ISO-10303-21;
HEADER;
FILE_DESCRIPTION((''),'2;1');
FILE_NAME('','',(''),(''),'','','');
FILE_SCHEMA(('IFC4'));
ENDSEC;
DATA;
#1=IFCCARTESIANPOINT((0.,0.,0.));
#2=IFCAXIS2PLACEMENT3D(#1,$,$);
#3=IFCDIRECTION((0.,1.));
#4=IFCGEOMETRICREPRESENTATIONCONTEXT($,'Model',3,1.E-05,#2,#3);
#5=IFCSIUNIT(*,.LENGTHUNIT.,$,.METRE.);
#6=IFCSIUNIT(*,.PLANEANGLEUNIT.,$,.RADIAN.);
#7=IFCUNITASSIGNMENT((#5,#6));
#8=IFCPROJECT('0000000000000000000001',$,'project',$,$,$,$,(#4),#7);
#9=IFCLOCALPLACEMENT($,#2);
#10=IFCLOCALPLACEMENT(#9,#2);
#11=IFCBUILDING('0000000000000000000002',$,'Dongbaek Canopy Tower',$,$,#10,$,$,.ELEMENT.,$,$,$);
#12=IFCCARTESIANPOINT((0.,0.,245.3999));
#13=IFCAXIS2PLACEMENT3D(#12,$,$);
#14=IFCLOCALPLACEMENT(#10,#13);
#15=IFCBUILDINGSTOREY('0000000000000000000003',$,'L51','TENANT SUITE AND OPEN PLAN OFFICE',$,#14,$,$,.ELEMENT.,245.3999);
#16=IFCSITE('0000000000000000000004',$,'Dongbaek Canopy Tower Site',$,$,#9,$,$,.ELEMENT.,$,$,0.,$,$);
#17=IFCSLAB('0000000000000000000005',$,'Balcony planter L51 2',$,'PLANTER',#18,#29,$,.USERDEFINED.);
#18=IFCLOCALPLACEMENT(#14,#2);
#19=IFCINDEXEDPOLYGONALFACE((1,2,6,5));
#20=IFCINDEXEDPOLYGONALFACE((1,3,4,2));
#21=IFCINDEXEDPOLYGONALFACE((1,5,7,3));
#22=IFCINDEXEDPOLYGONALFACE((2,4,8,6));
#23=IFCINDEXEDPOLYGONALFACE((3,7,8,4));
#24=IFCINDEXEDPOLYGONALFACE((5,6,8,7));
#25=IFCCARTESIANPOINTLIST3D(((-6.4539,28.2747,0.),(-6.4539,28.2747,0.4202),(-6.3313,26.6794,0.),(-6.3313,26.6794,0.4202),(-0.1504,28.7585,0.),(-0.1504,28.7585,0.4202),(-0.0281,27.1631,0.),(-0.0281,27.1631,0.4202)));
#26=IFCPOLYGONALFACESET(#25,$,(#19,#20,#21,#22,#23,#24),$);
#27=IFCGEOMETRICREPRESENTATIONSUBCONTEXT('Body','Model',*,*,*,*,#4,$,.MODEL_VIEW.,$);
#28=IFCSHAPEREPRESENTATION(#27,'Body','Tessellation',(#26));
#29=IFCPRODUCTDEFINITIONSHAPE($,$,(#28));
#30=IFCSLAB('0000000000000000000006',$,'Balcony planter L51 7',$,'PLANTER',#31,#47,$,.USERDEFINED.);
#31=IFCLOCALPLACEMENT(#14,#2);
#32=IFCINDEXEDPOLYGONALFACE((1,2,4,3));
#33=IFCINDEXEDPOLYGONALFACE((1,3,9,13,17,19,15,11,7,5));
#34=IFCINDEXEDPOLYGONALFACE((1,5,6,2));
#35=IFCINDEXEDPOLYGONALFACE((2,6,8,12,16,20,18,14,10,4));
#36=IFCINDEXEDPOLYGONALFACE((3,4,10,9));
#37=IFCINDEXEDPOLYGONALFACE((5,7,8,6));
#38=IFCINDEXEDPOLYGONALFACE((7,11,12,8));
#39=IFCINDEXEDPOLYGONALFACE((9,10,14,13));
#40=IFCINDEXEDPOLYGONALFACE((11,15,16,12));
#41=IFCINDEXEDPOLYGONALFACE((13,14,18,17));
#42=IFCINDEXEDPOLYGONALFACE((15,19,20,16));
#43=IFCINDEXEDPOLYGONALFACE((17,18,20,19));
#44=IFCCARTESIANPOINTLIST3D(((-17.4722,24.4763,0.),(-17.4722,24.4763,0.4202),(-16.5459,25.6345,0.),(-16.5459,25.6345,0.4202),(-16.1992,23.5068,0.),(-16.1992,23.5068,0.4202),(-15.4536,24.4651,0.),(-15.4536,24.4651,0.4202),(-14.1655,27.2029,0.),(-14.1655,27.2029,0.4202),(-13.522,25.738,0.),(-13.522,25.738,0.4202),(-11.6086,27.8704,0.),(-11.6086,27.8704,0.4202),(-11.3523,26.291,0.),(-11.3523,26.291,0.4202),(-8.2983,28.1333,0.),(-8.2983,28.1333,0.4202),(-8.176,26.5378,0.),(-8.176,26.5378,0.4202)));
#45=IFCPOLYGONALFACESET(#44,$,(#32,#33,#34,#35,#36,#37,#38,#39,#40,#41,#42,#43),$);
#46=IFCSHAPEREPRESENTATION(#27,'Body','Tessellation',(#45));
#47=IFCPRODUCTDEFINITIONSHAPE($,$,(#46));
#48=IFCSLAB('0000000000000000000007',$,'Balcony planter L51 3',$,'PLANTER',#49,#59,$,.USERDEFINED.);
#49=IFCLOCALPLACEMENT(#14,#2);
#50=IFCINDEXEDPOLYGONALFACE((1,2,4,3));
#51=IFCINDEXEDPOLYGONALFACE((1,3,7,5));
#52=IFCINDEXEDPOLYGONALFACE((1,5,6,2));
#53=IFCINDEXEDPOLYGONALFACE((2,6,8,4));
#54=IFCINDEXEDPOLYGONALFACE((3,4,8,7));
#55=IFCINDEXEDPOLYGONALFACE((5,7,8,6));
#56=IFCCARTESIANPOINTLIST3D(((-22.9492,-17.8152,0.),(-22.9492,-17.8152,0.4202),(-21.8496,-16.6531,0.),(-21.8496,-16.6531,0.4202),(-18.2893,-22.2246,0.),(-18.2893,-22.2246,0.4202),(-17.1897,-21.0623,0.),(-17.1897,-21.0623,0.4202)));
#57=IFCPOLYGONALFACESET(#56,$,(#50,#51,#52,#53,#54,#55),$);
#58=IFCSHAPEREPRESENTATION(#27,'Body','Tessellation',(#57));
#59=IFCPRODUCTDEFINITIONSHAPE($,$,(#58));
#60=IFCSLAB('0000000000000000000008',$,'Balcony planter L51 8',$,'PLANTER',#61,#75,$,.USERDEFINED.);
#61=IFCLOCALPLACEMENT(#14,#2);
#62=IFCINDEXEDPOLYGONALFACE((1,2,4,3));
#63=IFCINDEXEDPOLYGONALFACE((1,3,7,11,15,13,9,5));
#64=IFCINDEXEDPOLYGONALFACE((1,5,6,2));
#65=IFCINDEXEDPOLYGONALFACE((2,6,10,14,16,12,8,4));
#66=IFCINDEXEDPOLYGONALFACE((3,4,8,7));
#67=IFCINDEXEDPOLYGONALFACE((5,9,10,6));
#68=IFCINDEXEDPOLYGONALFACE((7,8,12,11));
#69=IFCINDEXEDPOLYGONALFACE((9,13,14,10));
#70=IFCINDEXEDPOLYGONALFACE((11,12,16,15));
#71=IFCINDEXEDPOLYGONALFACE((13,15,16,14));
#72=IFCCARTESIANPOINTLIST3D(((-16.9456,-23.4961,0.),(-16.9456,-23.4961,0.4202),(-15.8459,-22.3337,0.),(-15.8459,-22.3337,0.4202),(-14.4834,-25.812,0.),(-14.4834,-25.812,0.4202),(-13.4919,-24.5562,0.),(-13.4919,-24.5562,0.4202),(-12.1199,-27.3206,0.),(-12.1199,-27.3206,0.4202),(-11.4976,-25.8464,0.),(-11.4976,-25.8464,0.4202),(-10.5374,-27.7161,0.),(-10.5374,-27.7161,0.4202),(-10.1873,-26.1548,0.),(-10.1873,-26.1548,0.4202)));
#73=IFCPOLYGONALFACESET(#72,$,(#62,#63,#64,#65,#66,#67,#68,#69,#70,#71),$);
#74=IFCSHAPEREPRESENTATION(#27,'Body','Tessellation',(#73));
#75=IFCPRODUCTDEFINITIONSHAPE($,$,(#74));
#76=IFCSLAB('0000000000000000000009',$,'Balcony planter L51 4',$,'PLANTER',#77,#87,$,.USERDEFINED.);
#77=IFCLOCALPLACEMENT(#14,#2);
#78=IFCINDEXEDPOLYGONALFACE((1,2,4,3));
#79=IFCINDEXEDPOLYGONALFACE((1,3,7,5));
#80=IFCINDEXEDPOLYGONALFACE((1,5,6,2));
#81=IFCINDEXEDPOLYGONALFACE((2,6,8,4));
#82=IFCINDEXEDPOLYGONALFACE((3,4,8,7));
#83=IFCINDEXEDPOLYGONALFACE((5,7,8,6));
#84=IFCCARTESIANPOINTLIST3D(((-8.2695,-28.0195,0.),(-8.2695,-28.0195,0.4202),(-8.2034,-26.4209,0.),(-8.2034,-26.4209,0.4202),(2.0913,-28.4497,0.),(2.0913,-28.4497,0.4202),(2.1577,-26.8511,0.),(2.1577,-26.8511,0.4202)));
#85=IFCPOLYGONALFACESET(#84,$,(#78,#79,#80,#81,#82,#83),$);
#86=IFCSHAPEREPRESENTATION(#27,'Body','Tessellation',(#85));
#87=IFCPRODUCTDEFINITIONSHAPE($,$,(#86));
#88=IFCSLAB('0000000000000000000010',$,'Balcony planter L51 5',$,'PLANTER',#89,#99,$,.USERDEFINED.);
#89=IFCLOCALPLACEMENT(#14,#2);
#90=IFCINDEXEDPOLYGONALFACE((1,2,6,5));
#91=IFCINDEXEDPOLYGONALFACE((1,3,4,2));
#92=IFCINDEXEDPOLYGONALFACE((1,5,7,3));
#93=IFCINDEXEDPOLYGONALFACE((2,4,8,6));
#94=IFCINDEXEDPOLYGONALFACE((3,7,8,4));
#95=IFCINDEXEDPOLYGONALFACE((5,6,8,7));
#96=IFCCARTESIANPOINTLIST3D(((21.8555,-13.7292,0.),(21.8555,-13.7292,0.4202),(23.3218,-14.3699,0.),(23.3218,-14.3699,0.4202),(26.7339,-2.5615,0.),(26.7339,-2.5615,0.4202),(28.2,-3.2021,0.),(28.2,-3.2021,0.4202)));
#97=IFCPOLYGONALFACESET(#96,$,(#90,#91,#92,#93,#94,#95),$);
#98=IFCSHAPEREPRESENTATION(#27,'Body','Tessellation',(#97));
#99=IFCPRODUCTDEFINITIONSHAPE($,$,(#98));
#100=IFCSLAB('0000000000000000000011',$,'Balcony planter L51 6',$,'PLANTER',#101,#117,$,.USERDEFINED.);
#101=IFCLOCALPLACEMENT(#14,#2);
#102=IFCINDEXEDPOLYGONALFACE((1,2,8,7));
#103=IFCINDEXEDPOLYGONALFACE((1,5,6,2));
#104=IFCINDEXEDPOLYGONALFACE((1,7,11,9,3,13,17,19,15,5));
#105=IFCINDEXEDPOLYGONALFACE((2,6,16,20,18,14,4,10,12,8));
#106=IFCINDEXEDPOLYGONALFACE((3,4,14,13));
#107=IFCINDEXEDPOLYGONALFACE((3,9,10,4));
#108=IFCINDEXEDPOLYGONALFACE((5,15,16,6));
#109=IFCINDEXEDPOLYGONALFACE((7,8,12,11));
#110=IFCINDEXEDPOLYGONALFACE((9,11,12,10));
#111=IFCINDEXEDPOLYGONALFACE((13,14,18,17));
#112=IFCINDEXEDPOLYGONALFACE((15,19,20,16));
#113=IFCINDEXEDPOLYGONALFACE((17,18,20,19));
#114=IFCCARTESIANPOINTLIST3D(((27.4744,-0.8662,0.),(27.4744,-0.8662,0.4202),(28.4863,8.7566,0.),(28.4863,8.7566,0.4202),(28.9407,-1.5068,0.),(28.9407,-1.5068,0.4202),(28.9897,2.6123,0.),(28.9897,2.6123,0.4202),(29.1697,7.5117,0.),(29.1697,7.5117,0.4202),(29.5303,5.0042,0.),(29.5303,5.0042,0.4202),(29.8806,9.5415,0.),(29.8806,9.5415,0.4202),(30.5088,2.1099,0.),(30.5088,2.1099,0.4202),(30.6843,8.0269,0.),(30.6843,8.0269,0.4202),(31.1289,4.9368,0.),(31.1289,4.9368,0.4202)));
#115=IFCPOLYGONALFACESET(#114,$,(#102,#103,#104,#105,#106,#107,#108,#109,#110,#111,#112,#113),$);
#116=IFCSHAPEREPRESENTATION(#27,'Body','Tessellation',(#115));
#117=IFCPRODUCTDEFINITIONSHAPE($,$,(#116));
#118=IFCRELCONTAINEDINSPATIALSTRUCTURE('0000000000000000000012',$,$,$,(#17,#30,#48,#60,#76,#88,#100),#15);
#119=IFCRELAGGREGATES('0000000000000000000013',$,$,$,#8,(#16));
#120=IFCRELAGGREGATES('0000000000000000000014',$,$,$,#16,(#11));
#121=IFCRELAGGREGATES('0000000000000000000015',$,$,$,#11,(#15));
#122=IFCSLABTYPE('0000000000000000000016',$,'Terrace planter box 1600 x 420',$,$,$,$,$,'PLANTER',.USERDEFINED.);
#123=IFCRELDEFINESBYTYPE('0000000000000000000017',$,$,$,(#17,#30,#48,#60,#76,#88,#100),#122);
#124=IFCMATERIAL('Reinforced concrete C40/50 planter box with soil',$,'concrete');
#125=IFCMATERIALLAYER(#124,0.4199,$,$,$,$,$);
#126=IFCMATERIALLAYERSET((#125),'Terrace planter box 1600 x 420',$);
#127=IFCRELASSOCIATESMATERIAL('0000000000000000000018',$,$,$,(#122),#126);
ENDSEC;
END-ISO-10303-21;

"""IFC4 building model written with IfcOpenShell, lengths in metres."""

from ifc_helpers import new_model, si_unit, direction, frame, origin, place, context, subcontext, project, spatial, polyline, outline, extrude, material, layer, layer_set, type_object, element, save


model = new_model("IFC4")

# Units and contexts
model_context = context("Model", 3, precision=1e-05, world=origin(), true_north=direction((0.0, 1.0)))
body_context = subcontext(model_context, "Body", "Model", "MODEL_VIEW")
ifc_project = project(units=[si_unit("LENGTHUNIT", "METRE"), si_unit("PLANEANGLEUNIT", "RADIAN")], contexts=[model_context])

# Site, building, storey
site_placement = place(None, origin())
site = spatial("IfcSite", under=ifc_project, at=site_placement, Name="Dongbaek Canopy Tower Site", CompositionType="ELEMENT", RefElevation=0.0)
building_placement = place(site_placement, origin())
building = spatial("IfcBuilding", under=site, at=building_placement, Name="Dongbaek Canopy Tower", CompositionType="ELEMENT")
storey_placement = place(building_placement, frame((0.0, 0.0, 245.3999)))
storey = spatial("IfcBuildingStorey", under=building, at=storey_placement, Name="L51", Description="TENANT SUITE AND OPEN PLAN OFFICE", CompositionType="ELEMENT", Elevation=245.3999)

# Slabs
ifc_material_1 = material(Name="Reinforced concrete C40/50 planter box with soil", Category="concrete")
ifc_layer_1 = layer(ifc_material_1, 0.4199)
ifc_layer_set_1 = layer_set([ifc_layer_1], Name="Terrace planter box 1600 x 420")
slab_type_1 = type_object("IfcSlabType", Name="Terrace planter box 1600 x 420", ElementType="PLANTER", PredefinedType="USERDEFINED", material=ifc_layer_set_1)
slab_1_placement = place(storey_placement, origin())
element("IfcSlab", 1, at=slab_1_placement, inside=storey, type_object=slab_type_1, Name="Balcony planter L51 2", ObjectType="PLANTER", PredefinedType="USERDEFINED", context=body_context, shape_type="SweptSolid", body=[
    extrude(outline(polyline([(-0.0281, 27.1631), (-6.3313, 26.6794), (-6.4539, 28.2747), (-0.1504, 28.7585), (-0.0281, 27.1631)])), origin(), (0.0, 0.0, 1.0), 0.4202),
])
slab_2_placement = place(storey_placement, origin())
element("IfcSlab", 2, at=slab_2_placement, inside=storey, type_object=slab_type_1, Name="Balcony planter L51 7", ObjectType="PLANTER", PredefinedType="USERDEFINED", context=body_context, shape_type="SweptSolid", body=[
    extrude(outline(polyline([(-8.176, 26.5378), (-11.3523, 26.291), (-13.522, 25.738), (-15.4536, 24.4651), (-16.1992, 23.5068), (-17.4722, 24.4763), (-16.5459, 25.6345), (-14.1655, 27.2029), (-11.6086, 27.8704), (-8.2983, 28.1333), (-8.176, 26.5378)])), origin(), (0.0, 0.0, 1.0), 0.4202),
])
slab_3_placement = place(storey_placement, origin())
element("IfcSlab", 3, at=slab_3_placement, inside=storey, type_object=slab_type_1, Name="Balcony planter L51 3", ObjectType="PLANTER", PredefinedType="USERDEFINED", context=body_context, shape_type="SweptSolid", body=[
    extrude(outline(polyline([(-21.8496, -16.6531), (-17.1897, -21.0623), (-18.2893, -22.2246), (-22.9492, -17.8152), (-21.8496, -16.6531)])), origin(), (0.0, 0.0, 1.0), 0.4202),
])
slab_4_placement = place(storey_placement, origin())
element("IfcSlab", 4, at=slab_4_placement, inside=storey, type_object=slab_type_1, Name="Balcony planter L51 8", ObjectType="PLANTER", PredefinedType="USERDEFINED", context=body_context, shape_type="SweptSolid", body=[
    extrude(outline(polyline([(-15.8459, -22.3337), (-13.4919, -24.5562), (-11.4976, -25.8464), (-10.1873, -26.1548), (-10.5374, -27.7161), (-12.1199, -27.3206), (-14.4834, -25.812), (-16.9456, -23.4961), (-15.8459, -22.3337)])), origin(), (0.0, 0.0, 1.0), 0.4202),
])
slab_5_placement = place(storey_placement, origin())
element("IfcSlab", 5, at=slab_5_placement, inside=storey, type_object=slab_type_1, Name="Balcony planter L51 4", ObjectType="PLANTER", PredefinedType="USERDEFINED", context=body_context, shape_type="SweptSolid", body=[
    extrude(outline(polyline([(-8.2034, -26.4209), (2.1577, -26.8511), (2.0913, -28.4497), (-8.2695, -28.0195), (-8.2034, -26.4209)])), origin(), (0.0, 0.0, 1.0), 0.4202),
])
slab_6_placement = place(storey_placement, origin())
element("IfcSlab", 6, at=slab_6_placement, inside=storey, type_object=slab_type_1, Name="Balcony planter L51 5", ObjectType="PLANTER", PredefinedType="USERDEFINED", context=body_context, shape_type="SweptSolid", body=[
    extrude(outline(polyline([(21.8555, -13.7292), (26.7339, -2.5615), (28.2, -3.2021), (23.3218, -14.3699), (21.8555, -13.7292)])), origin(), (0.0, 0.0, 1.0), 0.4202),
])
slab_7_placement = place(storey_placement, origin())
element("IfcSlab", 7, at=slab_7_placement, inside=storey, type_object=slab_type_1, Name="Balcony planter L51 6", ObjectType="PLANTER", PredefinedType="USERDEFINED", context=body_context, shape_type="SweptSolid", body=[
    extrude(outline(polyline([(27.4744, -0.8662), (28.9897, 2.6123), (29.5303, 5.0042), (29.1697, 7.5117), (28.4863, 8.7566), (29.8806, 9.5415), (30.6843, 8.0269), (31.1289, 4.9368), (30.5088, 2.1099), (28.9407, -1.5068), (27.4744, -0.8662)])), origin(), (0.0, 0.0, 1.0), 0.4202),
])

save(model, "model.ifc")
